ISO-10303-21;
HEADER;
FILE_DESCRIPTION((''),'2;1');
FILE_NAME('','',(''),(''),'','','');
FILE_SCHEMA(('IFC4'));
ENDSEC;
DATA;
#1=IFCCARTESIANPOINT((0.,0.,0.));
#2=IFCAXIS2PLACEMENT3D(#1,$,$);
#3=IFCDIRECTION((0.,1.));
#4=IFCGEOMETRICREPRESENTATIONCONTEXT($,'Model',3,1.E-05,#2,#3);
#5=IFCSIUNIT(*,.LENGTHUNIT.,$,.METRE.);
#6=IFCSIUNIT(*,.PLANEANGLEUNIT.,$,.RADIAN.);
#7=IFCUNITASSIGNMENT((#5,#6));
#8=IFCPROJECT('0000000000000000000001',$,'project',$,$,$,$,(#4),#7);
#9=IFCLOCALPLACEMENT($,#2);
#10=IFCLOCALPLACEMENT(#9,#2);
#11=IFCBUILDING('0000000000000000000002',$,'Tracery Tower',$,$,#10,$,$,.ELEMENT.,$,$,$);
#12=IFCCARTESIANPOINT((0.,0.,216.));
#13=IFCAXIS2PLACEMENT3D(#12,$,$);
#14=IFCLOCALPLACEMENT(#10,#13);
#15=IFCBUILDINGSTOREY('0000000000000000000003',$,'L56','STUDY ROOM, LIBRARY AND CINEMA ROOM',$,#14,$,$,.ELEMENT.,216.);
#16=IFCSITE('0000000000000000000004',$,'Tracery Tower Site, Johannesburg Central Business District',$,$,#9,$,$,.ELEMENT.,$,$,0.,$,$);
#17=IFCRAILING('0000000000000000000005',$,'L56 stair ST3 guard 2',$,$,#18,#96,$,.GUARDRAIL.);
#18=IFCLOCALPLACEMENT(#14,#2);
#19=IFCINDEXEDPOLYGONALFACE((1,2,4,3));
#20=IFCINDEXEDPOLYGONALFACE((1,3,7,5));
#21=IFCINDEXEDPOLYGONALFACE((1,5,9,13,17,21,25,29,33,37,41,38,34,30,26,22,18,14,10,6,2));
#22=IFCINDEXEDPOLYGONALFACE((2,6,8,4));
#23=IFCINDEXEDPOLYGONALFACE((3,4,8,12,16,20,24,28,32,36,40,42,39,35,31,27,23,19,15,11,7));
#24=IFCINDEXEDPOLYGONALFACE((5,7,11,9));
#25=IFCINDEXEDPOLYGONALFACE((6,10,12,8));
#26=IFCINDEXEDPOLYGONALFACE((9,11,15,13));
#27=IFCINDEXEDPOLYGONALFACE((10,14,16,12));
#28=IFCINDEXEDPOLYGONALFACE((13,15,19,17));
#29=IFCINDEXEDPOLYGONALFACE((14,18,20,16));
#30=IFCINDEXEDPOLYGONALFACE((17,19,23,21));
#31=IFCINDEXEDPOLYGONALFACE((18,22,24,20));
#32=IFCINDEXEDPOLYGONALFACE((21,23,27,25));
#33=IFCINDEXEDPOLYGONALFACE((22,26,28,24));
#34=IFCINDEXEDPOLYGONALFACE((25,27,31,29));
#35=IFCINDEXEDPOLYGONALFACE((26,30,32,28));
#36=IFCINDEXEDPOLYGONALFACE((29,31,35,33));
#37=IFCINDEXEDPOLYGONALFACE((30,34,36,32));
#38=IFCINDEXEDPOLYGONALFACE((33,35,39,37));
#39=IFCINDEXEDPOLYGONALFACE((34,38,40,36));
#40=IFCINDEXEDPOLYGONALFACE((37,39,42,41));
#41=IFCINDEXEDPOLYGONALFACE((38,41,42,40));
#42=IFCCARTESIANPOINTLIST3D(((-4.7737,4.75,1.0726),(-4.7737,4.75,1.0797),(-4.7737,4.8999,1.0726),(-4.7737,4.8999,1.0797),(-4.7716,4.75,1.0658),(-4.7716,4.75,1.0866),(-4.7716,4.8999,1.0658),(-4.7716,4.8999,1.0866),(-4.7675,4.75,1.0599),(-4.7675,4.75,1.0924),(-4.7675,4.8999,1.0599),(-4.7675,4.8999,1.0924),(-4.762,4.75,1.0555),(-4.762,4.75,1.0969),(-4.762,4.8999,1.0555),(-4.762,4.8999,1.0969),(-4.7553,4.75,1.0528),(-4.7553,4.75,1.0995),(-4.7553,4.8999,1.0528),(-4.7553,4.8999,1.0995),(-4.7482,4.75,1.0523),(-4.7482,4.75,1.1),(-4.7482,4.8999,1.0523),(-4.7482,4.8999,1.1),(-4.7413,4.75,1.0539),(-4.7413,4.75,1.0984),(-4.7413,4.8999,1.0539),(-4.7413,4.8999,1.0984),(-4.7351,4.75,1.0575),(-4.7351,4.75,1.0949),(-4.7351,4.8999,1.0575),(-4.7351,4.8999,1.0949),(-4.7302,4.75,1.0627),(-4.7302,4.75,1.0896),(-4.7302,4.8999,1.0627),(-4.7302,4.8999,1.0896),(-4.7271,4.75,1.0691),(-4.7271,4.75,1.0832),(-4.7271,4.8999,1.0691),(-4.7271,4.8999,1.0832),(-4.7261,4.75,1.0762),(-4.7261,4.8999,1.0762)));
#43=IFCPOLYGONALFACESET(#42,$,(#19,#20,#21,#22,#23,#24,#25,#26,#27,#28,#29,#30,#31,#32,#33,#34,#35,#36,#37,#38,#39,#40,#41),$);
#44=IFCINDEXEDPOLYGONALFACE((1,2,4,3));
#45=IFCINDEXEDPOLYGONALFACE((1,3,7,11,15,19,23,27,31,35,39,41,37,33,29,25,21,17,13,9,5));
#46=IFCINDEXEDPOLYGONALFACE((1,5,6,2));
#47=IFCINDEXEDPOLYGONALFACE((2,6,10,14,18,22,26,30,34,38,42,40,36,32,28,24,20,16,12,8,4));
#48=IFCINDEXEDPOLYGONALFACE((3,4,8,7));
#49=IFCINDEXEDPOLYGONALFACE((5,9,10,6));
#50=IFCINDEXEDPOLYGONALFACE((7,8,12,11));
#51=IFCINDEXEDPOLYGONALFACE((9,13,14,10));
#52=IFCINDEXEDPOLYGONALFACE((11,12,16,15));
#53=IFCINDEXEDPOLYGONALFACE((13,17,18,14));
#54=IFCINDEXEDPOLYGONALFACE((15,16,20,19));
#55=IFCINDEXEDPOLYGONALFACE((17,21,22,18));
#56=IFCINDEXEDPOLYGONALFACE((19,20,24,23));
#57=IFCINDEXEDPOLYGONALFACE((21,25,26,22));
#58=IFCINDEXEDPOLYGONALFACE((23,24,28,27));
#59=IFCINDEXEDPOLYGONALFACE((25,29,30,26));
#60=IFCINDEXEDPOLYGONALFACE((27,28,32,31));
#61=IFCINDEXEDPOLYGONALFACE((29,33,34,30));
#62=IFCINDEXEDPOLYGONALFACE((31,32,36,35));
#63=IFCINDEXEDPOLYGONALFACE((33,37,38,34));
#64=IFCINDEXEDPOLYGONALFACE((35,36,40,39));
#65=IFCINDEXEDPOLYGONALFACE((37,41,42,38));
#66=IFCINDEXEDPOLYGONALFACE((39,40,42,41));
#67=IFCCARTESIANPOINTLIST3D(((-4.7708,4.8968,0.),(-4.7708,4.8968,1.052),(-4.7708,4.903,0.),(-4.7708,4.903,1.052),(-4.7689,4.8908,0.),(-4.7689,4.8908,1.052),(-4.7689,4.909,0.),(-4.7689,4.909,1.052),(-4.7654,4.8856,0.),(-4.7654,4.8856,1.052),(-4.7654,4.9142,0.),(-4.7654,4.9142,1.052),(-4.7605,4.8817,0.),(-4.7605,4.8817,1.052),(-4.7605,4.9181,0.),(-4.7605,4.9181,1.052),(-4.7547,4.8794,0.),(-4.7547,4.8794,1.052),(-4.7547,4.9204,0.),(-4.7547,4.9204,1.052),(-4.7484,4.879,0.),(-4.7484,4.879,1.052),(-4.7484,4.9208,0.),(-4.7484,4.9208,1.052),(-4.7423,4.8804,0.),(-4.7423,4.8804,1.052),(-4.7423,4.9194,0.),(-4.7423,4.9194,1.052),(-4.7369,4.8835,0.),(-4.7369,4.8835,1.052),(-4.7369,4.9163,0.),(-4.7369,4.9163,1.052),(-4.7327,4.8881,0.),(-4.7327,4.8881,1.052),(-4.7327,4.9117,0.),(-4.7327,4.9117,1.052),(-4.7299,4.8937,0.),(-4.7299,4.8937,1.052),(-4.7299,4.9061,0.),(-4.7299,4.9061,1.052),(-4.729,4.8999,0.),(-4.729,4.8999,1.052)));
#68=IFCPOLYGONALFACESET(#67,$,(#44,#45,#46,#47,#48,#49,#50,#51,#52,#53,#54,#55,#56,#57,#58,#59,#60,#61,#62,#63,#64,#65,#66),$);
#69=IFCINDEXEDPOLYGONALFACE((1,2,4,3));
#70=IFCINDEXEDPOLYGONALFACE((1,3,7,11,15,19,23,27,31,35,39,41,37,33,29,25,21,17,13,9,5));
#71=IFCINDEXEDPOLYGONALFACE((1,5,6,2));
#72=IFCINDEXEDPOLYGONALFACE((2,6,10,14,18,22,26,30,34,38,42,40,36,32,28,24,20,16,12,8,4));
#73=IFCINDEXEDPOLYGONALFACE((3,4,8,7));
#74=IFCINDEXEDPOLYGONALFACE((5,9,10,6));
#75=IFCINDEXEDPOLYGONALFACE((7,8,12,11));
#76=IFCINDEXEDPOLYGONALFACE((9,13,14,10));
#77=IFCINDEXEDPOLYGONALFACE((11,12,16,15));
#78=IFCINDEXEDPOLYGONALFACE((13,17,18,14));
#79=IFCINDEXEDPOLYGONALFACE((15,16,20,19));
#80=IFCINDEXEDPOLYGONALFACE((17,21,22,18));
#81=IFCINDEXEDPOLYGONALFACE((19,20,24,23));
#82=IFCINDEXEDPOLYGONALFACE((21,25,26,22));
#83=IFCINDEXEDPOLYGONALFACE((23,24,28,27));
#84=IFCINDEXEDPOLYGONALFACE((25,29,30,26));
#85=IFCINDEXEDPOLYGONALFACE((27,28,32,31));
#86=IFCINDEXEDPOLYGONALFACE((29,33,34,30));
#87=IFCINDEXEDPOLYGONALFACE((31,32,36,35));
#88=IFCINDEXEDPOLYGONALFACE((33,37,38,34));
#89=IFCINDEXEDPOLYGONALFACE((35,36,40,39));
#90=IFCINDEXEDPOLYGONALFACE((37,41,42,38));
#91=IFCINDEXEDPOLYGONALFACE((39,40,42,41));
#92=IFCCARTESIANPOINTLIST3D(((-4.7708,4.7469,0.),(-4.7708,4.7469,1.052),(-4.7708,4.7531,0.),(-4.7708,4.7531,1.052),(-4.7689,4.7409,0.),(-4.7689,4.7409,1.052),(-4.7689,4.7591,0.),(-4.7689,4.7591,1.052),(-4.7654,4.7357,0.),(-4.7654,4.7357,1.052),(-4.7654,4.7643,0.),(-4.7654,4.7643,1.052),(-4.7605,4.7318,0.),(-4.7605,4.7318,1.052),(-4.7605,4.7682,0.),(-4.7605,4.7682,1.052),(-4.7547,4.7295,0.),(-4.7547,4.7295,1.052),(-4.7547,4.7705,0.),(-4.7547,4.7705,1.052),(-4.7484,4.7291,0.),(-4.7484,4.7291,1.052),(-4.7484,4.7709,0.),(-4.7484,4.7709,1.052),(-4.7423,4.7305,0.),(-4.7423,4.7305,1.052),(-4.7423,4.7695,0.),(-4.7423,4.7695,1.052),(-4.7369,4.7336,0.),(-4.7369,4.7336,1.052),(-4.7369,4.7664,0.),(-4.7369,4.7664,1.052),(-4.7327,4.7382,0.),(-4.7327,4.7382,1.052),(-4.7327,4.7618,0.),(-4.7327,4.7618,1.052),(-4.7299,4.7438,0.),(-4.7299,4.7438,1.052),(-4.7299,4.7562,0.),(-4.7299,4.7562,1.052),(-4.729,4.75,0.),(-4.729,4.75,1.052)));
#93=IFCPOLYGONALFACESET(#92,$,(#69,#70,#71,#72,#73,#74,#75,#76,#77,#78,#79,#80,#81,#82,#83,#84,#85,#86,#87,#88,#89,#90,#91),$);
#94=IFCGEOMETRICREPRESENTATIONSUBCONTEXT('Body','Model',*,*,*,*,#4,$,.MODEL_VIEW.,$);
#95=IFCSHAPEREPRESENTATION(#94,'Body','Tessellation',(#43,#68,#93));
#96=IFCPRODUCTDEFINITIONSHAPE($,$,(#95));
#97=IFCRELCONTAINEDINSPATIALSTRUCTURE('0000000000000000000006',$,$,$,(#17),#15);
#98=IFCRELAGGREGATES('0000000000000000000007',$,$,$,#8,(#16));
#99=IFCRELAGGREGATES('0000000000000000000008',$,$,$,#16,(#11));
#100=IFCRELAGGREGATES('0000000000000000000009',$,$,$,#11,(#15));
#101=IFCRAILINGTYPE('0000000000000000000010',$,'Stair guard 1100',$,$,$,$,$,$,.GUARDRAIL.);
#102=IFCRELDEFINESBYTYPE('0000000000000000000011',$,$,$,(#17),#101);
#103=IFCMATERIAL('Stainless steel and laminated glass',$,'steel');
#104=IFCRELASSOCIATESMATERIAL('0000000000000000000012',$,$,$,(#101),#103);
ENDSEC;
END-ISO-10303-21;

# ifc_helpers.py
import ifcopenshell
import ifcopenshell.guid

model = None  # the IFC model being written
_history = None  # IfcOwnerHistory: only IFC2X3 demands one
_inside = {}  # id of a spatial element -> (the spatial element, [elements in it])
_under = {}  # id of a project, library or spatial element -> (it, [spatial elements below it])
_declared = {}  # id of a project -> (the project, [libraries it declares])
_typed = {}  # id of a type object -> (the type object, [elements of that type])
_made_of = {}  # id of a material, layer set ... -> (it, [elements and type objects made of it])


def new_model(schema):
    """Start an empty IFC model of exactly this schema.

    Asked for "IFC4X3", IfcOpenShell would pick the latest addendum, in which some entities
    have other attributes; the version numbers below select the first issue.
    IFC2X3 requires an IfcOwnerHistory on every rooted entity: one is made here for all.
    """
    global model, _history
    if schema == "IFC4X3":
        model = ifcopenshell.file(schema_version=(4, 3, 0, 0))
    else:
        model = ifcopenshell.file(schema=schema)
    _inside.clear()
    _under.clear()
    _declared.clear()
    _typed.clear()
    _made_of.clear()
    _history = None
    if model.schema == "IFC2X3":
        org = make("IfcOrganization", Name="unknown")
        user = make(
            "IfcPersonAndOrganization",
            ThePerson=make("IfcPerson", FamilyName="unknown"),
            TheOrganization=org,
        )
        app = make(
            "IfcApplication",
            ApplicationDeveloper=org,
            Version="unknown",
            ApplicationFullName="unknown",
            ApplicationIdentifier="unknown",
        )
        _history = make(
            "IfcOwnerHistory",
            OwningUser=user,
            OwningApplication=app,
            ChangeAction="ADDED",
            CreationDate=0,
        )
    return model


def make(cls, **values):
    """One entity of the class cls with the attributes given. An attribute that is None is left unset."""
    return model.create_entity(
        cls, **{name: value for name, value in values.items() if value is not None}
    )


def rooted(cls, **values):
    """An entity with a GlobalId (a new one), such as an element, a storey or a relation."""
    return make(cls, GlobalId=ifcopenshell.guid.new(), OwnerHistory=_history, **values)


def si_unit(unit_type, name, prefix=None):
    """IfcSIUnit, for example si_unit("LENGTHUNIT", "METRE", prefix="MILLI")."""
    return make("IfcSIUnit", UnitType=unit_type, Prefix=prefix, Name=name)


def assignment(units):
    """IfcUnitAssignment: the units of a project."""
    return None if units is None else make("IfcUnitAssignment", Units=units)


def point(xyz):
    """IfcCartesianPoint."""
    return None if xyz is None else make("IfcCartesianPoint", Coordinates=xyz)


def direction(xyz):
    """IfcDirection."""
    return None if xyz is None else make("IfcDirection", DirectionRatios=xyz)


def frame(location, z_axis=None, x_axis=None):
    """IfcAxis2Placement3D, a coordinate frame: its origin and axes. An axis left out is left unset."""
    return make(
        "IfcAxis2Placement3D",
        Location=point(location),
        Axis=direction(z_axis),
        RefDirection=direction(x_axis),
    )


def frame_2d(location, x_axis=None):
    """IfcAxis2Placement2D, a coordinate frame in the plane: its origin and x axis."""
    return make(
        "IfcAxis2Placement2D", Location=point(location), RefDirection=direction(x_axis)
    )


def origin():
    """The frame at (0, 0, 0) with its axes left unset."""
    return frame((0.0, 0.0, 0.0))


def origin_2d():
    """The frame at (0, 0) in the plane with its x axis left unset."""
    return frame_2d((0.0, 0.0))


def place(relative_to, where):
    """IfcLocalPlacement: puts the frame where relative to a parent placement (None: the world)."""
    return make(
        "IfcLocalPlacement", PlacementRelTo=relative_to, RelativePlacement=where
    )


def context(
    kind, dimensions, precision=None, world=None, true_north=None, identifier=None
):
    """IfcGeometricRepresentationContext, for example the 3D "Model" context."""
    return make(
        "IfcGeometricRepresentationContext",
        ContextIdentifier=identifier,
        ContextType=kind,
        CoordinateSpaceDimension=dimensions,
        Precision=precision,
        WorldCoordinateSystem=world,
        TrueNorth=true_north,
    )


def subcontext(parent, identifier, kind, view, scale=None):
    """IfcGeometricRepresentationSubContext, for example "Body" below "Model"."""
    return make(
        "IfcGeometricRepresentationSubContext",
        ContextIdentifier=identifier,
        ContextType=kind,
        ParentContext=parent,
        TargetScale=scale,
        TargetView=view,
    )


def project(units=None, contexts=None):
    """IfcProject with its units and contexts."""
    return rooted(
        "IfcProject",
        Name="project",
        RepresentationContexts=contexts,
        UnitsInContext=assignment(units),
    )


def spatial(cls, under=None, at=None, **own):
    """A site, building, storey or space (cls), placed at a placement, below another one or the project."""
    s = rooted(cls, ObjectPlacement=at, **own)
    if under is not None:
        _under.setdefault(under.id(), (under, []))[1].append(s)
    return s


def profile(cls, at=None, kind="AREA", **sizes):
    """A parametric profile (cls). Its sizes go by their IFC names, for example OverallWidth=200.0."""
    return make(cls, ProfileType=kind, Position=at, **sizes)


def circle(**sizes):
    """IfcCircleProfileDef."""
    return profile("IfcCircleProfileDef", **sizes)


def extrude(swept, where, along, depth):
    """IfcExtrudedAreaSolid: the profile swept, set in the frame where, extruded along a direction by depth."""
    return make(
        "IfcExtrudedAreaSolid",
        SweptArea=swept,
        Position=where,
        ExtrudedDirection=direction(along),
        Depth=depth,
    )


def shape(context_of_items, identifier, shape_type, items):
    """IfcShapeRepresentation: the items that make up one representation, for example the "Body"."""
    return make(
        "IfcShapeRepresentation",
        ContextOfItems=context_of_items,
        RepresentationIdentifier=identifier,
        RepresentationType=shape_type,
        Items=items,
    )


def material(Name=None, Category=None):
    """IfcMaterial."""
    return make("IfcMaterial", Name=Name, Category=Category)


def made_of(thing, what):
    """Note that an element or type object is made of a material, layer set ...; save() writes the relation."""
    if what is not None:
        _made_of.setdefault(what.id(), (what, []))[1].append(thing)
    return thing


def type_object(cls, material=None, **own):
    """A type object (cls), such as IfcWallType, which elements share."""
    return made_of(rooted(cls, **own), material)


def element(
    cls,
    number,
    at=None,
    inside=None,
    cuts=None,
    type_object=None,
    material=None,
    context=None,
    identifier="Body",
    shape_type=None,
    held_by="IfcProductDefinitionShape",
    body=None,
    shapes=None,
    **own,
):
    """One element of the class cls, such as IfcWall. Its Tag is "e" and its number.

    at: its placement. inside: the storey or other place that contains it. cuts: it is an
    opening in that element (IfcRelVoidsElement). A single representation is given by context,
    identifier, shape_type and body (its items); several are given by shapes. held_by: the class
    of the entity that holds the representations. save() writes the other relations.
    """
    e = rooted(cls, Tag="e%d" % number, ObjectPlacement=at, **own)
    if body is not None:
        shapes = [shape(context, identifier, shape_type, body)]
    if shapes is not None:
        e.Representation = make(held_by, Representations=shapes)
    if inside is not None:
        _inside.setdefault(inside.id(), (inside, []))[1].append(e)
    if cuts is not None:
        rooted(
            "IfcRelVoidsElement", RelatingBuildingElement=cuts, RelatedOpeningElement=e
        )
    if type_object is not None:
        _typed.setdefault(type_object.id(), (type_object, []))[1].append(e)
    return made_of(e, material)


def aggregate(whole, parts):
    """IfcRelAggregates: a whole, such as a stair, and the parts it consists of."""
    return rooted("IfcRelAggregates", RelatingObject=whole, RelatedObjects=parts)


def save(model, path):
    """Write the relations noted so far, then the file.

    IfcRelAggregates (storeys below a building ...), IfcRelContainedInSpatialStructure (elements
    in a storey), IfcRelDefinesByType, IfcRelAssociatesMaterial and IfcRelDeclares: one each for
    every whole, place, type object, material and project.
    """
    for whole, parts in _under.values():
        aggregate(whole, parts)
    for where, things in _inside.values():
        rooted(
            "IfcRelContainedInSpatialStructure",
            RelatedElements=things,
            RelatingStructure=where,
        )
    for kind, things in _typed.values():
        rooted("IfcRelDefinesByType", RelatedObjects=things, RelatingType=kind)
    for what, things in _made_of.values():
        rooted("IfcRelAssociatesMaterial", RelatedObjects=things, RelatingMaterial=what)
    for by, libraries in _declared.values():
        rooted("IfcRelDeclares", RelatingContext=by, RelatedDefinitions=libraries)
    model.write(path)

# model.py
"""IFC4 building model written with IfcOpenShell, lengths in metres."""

from ifc_helpers import new_model, si_unit, direction, frame, origin, origin_2d, place, context, subcontext, project, spatial, circle, extrude, material, type_object, element, save


model = new_model("IFC4")

# Units and contexts
model_context = context("Model", 3, precision=1e-05, world=origin(), true_north=direction((0.0, 1.0)))
body_context = subcontext(model_context, "Body", "Model", "MODEL_VIEW")
ifc_project = project(units=[si_unit("LENGTHUNIT", "METRE"), si_unit("PLANEANGLEUNIT", "RADIAN")], contexts=[model_context])

# Site, building, storey
site_placement = place(None, origin())
site = spatial("IfcSite", under=ifc_project, at=site_placement, Name="Tracery Tower Site, Johannesburg Central Business District", CompositionType="ELEMENT", RefElevation=0.0)
building_placement = place(site_placement, origin())
building = spatial("IfcBuilding", under=site, at=building_placement, Name="Tracery Tower", CompositionType="ELEMENT")
storey_placement = place(building_placement, frame((0.0, 0.0, 216.0)))
storey = spatial("IfcBuildingStorey", under=building, at=storey_placement, Name="L56", Description="STUDY ROOM, LIBRARY AND CINEMA ROOM", CompositionType="ELEMENT", Elevation=216.0)

# Railing
ifc_material_1 = material(Name="Stainless steel and laminated glass", Category="steel")
railing_type_1 = type_object("IfcRailingType", Name="Stair guard 1100", PredefinedType="GUARDRAIL", material=ifc_material_1)
railing_1_placement = place(storey_placement, frame((-4.75, 4.8999, 0.0)))
element("IfcRailing", 1, at=railing_1_placement, inside=storey, type_object=railing_type_1, Name="L56 stair ST3 guard 2", PredefinedType="GUARDRAIL", context=body_context, shape_type="SweptSolid", body=[
    extrude(circle(Radius=0.0239, at=origin_2d()), frame((0.0, 0.0, 1.0762), z_axis=(0.0, -1.0, 0.0), x_axis=(1.0, 0.0, 0.0)), (0.0, 0.0, 1.0), 0.1499),
    extrude(circle(Radius=0.021, at=origin_2d()), origin(), (0.0, 0.0, 1.0), 1.052),
    extrude(circle(Radius=0.021, at=origin_2d()), frame((0.0, -0.1499, 0.0)), (0.0, 0.0, 1.0), 1.052),
])

save(model, "model.ifc")
